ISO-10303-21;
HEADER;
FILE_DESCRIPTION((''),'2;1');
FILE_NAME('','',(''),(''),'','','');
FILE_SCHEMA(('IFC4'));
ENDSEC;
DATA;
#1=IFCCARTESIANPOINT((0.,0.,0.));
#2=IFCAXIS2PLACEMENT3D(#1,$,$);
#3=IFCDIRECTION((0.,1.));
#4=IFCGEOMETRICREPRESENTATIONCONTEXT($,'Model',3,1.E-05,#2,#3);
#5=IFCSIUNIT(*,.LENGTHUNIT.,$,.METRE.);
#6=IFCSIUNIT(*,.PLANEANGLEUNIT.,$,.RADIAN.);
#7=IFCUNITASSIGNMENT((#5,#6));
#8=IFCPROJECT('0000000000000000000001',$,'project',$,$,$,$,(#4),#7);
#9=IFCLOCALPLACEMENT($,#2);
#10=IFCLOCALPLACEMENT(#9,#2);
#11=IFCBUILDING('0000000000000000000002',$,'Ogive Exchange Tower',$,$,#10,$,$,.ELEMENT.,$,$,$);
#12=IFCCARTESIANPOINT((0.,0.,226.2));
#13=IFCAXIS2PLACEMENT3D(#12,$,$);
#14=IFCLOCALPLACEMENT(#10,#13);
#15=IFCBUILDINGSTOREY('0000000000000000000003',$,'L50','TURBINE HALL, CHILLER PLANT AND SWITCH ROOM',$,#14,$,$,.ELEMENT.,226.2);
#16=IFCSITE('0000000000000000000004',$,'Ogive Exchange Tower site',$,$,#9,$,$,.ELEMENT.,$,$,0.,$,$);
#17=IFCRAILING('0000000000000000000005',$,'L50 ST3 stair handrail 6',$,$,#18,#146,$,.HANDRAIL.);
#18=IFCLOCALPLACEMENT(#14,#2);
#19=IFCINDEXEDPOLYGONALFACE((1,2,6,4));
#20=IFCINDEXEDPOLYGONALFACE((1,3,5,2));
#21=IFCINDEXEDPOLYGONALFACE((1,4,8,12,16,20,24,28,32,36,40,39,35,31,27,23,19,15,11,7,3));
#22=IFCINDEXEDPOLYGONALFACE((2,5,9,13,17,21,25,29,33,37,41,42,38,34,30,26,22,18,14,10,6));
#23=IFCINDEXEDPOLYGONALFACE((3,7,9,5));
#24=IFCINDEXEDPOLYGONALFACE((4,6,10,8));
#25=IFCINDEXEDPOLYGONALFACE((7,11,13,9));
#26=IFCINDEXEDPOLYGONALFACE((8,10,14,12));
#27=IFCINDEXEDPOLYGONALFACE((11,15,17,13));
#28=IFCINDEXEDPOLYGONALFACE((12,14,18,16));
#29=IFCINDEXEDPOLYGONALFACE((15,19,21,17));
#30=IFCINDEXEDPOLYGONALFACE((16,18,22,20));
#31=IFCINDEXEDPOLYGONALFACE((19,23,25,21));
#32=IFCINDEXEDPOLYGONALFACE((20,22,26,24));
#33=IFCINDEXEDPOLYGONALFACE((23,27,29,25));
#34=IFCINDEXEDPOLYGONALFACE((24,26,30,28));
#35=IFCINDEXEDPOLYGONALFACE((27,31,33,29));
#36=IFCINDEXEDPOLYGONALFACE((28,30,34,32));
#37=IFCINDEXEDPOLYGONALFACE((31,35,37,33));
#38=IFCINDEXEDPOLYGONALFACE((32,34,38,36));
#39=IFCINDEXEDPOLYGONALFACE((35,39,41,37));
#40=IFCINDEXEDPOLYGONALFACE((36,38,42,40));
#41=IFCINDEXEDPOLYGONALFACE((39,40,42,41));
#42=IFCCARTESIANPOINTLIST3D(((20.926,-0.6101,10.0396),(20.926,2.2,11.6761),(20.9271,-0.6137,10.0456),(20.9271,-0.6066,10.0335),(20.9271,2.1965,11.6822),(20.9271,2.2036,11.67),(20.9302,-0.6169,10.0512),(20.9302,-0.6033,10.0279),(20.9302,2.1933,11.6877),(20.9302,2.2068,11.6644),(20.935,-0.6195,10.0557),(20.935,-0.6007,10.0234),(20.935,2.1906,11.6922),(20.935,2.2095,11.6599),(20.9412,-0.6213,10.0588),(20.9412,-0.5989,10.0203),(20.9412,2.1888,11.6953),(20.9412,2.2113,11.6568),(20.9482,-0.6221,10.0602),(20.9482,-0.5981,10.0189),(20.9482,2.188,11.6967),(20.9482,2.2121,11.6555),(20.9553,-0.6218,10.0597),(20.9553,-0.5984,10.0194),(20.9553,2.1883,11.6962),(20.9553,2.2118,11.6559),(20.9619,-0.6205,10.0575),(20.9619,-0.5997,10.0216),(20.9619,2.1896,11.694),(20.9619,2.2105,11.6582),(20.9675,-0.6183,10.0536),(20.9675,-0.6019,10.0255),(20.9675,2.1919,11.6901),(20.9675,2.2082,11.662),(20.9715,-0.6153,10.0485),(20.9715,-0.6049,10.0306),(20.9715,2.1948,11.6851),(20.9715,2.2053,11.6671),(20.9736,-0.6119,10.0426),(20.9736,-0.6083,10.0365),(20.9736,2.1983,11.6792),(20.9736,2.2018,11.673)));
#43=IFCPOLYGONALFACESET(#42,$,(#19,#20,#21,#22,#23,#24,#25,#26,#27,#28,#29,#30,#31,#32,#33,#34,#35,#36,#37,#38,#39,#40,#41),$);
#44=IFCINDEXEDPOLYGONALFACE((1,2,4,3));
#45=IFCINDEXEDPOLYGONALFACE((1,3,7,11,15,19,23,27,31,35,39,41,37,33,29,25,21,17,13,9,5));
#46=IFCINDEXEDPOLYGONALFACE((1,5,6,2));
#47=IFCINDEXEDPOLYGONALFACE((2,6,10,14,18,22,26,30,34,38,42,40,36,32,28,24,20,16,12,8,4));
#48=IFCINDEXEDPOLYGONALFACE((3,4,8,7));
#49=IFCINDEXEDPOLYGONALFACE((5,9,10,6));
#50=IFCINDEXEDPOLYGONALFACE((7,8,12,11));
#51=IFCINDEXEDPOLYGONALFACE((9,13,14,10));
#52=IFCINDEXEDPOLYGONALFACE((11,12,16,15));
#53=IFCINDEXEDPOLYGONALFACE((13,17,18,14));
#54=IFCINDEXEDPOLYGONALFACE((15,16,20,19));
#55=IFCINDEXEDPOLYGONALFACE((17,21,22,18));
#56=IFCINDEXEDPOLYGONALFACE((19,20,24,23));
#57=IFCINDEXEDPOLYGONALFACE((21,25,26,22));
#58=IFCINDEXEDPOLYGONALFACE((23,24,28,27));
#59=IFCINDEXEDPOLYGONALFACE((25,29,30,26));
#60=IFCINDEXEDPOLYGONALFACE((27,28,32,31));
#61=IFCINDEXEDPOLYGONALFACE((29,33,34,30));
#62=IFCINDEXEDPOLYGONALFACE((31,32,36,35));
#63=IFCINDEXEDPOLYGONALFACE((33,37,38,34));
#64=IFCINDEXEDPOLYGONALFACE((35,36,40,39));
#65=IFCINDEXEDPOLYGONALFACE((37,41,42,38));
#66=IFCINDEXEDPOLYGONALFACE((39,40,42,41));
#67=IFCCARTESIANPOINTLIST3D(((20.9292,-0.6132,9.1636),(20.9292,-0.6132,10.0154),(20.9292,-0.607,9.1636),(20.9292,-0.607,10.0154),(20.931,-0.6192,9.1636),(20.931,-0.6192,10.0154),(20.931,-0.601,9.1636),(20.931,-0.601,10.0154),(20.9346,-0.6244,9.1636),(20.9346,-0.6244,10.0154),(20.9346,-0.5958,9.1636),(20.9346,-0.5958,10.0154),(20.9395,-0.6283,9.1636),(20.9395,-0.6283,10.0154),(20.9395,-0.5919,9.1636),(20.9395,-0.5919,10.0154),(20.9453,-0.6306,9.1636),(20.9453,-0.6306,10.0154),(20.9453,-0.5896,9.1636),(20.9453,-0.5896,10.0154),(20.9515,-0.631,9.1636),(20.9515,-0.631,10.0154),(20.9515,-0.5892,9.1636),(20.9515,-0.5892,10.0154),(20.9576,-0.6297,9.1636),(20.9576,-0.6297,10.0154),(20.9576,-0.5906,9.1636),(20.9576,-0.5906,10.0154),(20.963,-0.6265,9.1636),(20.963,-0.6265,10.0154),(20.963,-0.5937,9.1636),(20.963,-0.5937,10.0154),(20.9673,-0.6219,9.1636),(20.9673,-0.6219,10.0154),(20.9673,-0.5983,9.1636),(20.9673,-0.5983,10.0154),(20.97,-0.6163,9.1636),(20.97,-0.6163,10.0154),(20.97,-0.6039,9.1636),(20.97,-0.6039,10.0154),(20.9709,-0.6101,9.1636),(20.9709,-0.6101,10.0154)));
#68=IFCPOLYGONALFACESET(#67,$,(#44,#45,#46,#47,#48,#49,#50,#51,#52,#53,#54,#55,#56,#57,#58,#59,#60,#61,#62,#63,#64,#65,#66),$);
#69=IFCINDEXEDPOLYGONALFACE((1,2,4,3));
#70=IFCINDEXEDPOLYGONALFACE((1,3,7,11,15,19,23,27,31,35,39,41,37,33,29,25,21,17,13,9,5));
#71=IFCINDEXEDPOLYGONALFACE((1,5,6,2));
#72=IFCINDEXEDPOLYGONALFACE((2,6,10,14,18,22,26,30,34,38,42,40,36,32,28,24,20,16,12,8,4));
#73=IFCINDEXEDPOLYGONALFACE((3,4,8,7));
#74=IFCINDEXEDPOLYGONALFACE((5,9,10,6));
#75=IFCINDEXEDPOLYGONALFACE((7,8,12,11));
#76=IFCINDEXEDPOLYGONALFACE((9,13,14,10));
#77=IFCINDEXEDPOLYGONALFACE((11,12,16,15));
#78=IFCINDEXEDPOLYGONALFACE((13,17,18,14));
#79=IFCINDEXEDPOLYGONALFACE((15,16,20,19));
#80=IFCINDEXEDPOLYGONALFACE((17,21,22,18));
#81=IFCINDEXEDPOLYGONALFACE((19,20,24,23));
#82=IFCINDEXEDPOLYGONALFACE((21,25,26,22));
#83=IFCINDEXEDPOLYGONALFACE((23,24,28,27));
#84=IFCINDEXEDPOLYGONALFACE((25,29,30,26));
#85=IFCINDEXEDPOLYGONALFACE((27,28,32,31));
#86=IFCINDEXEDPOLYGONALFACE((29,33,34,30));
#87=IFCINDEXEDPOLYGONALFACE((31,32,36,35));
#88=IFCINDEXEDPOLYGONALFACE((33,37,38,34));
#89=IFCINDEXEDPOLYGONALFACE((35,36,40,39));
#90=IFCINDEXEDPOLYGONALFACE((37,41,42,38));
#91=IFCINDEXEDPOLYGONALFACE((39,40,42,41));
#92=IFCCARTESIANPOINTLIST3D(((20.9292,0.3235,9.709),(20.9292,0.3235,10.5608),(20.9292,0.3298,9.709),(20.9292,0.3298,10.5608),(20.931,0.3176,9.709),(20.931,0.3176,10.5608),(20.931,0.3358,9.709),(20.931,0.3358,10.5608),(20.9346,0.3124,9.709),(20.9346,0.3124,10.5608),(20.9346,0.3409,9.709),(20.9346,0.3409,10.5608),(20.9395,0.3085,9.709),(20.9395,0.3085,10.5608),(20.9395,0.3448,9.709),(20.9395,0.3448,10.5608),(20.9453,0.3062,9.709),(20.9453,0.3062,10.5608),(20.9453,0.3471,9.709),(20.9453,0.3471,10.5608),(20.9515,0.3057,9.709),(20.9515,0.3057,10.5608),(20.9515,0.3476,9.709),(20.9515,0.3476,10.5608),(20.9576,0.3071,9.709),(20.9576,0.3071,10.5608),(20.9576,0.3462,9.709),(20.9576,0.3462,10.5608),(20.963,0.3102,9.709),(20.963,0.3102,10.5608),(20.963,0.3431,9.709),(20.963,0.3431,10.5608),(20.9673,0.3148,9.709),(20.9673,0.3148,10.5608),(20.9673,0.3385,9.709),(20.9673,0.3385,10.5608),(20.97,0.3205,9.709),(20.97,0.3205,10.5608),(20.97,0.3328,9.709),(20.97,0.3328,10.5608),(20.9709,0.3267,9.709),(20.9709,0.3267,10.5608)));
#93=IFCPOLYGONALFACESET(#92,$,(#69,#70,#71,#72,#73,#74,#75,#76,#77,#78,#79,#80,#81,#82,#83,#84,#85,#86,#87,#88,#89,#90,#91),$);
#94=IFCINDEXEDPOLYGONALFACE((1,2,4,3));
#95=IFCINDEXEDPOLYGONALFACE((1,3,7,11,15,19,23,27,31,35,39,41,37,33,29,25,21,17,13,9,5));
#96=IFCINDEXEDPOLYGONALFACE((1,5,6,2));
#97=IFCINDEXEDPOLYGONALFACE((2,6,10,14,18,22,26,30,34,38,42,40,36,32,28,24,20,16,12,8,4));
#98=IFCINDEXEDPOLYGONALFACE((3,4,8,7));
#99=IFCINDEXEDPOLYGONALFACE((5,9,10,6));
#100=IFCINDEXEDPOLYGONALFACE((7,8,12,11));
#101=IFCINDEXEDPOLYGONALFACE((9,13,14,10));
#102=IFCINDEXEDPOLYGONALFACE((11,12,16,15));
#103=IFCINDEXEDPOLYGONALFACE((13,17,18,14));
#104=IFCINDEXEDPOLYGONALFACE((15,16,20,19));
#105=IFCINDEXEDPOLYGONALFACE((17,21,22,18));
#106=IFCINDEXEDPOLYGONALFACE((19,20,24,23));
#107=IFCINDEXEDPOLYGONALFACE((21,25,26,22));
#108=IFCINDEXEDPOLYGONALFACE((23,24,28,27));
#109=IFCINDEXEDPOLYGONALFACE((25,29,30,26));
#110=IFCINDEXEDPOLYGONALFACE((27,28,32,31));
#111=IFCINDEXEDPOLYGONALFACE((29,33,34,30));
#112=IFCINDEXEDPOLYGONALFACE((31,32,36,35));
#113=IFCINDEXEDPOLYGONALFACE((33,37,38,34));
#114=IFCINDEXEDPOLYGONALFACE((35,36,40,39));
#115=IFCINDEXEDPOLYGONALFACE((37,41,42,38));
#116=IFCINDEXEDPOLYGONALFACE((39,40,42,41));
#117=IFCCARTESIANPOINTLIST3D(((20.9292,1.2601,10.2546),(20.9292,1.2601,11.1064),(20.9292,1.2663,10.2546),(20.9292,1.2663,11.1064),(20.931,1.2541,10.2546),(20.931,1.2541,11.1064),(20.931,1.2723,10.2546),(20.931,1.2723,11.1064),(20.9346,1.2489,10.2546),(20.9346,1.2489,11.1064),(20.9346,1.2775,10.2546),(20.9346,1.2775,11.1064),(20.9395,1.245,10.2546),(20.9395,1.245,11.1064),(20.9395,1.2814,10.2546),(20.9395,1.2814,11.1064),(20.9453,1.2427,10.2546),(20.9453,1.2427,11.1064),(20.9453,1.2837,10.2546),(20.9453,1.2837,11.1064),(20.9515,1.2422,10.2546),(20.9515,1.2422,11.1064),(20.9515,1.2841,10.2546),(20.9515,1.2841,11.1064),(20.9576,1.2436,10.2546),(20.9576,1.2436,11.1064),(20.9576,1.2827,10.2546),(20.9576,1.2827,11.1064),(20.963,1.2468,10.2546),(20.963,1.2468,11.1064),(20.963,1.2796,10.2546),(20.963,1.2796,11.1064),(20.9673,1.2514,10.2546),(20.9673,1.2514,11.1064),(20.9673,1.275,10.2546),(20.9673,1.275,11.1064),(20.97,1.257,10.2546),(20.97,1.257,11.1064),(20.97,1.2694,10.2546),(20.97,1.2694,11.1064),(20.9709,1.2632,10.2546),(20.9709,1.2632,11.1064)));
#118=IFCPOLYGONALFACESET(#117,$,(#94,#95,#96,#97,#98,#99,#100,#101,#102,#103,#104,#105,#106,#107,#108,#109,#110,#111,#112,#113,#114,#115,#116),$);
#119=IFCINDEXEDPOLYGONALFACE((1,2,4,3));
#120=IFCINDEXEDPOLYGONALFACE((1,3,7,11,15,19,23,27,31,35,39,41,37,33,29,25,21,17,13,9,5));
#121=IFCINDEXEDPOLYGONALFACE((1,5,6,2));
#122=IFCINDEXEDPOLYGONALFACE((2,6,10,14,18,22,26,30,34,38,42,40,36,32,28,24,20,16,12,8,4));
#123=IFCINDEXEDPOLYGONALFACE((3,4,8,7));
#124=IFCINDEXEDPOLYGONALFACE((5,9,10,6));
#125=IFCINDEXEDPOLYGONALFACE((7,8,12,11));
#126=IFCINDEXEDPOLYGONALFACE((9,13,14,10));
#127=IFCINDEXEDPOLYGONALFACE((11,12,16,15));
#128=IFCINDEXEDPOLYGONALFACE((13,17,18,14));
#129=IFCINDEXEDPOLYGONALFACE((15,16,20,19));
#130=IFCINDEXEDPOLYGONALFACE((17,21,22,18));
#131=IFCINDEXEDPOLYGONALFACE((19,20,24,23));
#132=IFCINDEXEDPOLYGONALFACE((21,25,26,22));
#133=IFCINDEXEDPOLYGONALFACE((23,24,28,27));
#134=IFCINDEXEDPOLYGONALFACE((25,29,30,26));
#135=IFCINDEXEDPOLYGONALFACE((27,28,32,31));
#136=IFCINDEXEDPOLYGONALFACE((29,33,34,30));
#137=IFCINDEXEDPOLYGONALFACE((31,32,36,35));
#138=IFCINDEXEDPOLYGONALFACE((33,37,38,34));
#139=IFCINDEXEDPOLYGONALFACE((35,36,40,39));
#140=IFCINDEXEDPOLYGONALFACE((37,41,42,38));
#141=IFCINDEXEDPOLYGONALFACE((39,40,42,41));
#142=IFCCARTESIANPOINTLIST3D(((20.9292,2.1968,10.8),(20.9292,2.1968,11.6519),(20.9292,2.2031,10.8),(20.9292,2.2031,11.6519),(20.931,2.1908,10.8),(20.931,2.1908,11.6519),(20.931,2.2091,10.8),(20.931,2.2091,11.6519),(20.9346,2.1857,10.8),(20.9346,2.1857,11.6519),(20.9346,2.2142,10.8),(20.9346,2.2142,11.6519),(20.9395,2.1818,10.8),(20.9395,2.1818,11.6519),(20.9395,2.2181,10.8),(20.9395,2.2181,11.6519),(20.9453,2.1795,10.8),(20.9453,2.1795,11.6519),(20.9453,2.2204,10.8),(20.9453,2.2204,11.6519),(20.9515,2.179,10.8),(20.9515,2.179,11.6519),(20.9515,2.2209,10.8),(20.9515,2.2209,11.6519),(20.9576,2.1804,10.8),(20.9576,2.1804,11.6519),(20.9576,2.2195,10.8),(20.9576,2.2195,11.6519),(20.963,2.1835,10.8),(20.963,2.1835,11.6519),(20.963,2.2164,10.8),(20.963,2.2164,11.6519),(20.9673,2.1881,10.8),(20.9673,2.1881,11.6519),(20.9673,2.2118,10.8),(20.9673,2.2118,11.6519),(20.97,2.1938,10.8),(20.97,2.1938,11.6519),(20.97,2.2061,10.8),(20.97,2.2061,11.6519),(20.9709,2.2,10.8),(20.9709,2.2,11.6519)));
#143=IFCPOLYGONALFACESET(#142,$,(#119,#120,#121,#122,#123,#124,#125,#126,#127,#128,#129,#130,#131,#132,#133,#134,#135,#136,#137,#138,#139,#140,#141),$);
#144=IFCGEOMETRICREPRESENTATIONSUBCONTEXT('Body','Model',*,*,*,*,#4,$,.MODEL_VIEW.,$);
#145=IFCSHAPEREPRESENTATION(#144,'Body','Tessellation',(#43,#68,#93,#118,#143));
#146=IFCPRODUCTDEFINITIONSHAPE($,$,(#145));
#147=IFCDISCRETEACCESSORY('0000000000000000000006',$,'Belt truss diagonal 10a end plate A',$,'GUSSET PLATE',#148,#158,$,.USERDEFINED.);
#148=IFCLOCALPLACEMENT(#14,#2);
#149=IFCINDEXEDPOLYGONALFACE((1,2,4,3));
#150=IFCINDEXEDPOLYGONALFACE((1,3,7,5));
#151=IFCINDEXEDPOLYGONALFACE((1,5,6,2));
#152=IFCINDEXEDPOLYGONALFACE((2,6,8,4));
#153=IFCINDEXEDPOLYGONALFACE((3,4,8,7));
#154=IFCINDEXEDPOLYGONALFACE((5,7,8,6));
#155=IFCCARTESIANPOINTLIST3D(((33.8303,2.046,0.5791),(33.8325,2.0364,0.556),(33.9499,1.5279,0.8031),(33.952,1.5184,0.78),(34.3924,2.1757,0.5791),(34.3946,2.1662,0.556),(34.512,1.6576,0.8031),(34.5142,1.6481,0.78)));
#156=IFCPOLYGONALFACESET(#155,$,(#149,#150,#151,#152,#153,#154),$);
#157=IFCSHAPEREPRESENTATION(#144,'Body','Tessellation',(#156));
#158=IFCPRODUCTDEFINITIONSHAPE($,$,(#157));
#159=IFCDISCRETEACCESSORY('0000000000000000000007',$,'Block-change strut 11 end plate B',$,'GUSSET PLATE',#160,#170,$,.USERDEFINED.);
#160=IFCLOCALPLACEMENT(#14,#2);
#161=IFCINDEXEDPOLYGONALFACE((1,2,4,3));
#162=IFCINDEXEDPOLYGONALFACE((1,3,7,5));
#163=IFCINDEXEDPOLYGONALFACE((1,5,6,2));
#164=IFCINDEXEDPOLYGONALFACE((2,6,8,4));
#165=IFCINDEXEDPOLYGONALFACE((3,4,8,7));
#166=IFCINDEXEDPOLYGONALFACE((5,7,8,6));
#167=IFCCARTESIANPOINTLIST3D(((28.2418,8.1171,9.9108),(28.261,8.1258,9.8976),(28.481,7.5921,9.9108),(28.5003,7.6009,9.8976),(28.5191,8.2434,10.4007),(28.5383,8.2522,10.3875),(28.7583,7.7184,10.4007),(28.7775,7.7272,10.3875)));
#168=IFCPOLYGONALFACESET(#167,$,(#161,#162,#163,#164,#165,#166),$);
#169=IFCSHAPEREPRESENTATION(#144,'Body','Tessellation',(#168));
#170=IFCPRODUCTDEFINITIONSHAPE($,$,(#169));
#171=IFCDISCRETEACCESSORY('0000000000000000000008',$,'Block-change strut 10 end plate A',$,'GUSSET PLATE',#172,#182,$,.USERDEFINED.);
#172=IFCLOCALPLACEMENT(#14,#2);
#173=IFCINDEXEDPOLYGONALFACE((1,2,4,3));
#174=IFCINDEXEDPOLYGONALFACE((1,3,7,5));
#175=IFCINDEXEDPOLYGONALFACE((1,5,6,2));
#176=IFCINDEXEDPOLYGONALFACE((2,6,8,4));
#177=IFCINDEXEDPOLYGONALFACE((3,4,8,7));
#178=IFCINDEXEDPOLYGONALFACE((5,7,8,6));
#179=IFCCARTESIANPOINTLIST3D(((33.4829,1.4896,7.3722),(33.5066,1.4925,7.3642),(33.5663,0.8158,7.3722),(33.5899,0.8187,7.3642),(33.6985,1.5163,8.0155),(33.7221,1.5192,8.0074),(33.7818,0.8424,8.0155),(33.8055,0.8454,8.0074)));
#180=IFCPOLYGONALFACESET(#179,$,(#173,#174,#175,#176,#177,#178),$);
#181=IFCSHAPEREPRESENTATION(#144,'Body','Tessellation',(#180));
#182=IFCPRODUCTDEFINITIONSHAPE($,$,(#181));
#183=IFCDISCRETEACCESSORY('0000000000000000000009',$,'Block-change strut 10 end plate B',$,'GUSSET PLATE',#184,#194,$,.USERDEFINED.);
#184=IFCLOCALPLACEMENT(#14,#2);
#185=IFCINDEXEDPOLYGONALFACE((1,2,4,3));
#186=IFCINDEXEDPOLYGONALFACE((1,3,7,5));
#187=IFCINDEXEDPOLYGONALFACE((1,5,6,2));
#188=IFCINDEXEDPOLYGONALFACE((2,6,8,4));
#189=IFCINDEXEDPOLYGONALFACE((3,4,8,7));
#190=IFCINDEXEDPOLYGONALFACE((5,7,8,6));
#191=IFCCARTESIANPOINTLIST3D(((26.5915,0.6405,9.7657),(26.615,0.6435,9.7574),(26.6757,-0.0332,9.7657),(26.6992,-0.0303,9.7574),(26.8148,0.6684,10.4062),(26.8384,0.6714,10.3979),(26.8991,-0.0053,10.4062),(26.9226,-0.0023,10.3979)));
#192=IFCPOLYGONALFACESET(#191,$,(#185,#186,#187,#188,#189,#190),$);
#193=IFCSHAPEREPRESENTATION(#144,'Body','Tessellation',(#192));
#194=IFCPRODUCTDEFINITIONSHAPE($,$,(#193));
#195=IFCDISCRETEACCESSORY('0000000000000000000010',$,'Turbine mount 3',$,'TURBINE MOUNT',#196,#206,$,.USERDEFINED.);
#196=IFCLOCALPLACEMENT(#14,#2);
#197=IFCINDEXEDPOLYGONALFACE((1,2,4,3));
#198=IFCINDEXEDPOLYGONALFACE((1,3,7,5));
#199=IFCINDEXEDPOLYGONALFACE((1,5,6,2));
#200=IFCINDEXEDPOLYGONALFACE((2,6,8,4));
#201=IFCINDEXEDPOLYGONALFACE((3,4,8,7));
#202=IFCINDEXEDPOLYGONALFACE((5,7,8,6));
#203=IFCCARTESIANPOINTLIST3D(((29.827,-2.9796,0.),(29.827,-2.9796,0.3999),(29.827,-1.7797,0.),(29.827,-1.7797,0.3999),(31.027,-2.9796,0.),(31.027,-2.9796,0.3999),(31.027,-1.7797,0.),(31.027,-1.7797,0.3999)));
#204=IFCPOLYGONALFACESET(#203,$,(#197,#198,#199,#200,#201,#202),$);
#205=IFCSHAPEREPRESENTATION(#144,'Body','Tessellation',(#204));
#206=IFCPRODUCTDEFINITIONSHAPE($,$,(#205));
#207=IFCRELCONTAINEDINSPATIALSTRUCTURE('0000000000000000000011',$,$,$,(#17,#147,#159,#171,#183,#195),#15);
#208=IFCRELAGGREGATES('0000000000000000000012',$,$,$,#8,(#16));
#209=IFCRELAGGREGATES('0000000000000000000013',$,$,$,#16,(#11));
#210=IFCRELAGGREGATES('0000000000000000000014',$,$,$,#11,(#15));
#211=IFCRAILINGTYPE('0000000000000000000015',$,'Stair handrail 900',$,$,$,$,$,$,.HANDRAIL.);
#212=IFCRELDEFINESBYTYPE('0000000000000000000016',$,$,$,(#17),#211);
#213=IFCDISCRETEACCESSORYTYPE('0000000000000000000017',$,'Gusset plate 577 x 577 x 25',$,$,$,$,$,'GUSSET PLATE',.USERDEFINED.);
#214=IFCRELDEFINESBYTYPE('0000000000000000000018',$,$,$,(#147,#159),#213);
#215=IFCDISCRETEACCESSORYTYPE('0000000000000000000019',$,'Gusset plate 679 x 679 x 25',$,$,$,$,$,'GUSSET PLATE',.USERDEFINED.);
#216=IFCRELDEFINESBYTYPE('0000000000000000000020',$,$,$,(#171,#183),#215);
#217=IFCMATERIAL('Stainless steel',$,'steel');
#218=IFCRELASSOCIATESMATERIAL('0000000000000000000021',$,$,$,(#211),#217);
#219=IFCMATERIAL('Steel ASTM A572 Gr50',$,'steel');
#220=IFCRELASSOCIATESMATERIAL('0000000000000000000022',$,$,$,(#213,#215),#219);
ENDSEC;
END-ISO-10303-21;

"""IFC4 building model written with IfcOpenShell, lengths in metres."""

from ifc_helpers import new_model, si_unit, direction, frame, origin, origin_2d, place, context, subcontext, project, spatial, rectangle, circle, extrude, material, material_profile, profile_set, type_object, element, save


model = new_model("IFC4")

# Units and contexts
model_context = context("Model", 3, precision=1e-05, world=origin(), true_north=direction((0.0, 1.0)))
body_context = subcontext(model_context, "Body", "Model", "MODEL_VIEW")
ifc_project = project(units=[si_unit("LENGTHUNIT", "METRE"), si_unit("PLANEANGLEUNIT", "RADIAN")], contexts=[model_context])

# Site, building, storey
site_placement = place(None, origin())
site = spatial("IfcSite", under=ifc_project, at=site_placement, Name="Ogive Exchange Tower site", CompositionType="ELEMENT", RefElevation=0.0)
building_placement = place(site_placement, origin())
building = spatial("IfcBuilding", under=site, at=building_placement, Name="Ogive Exchange Tower", CompositionType="ELEMENT")
storey_placement = place(building_placement, frame((0.0, 0.0, 226.2)))
storey = spatial("IfcBuildingStorey", under=building, at=storey_placement, Name="L50", Description="TURBINE HALL, CHILLER PLANT AND SWITCH ROOM", CompositionType="ELEMENT", Elevation=226.2)

# Railing
ifc_material_1 = material(Name="Stainless steel", Category="steel")
railing_type = type_object("IfcRailingType", Name="Stair handrail 900", PredefinedType="HANDRAIL", material=ifc_material_1)
railing_1_placement = place(storey_placement, frame((20.95, -0.6101, 9.1636)))
element("IfcRailing", 1, at=railing_1_placement, inside=storey, type_object=railing_type, Name="L50 ST3 stair handrail 6", PredefinedType="HANDRAIL", context=body_context, shape_type="SweptSolid", body=[
    extrude(circle(Radius=0.0239, at=origin_2d()), frame((0.0, 0.0, 0.876), z_axis=(0.0, 0.864144, 0.503245), x_axis=(-1.0, 0.0, 0.0)), (0.0, 0.0, 1.0), 3.252),
    extrude(circle(Radius=0.021, at=origin_2d()), origin(), (0.0, 0.0, 1.0), 0.8518),
    extrude(circle(Radius=0.021, at=origin_2d()), frame((0.0, 0.9368, 0.5454)), (0.0, 0.0, 1.0), 0.8518),
    extrude(circle(Radius=0.021, at=origin_2d()), frame((0.0, 1.8733, 1.0911)), (0.0, 0.0, 1.0), 0.8518),
    extrude(circle(Radius=0.021, at=origin_2d()), frame((0.0, 2.8101, 1.6365)), (0.0, 0.0, 1.0), 0.8518),
])

# Discrete accessories
ifc_material_2 = material(Name="Steel ASTM A572 Gr50", Category="steel")
ifc_material_profile_1 = material_profile(ifc_material_2, rectangle(XDim=0.5769, YDim=0.5769, at=origin_2d()), Name="PL 577 x 577 x 25")
ifc_profile_set_1 = profile_set([ifc_material_profile_1], Name="Steel ASTM A572 Gr50")
discrete_accessory_type_1 = type_object("IfcDiscreteAccessoryType", Name="Gusset plate 577 x 577 x 25", ElementType="GUSSET PLATE", PredefinedType="USERDEFINED", material=ifc_profile_set_1)
discrete_accessory_1_placement = place(storey_placement, frame((34.1733, 1.8423, 0.668), z_axis=(-0.087305, 0.37832, 0.921549), x_axis=(-0.974391, -0.22486, 0.0)))
element("IfcDiscreteAccessory", 2, at=discrete_accessory_1_placement, inside=storey, type_object=discrete_accessory_type_1, Name="Belt truss diagonal 10a end plate A", ObjectType="GUSSET PLATE", PredefinedType="USERDEFINED", context=body_context, shape_type="SweptSolid", body=[
    extrude(rectangle(XDim=0.5769, YDim=0.5769, at=origin_2d()), origin(), (0.0, 0.0, 1.0), 0.0251),
])
discrete_accessory_2_placement = place(storey_placement, frame((28.5193, 7.9265, 10.1426), z_axis=(-0.772692, -0.352113, 0.528169), x_axis=(0.414671, -0.909972, 0.0)))
element("IfcDiscreteAccessory", 3, at=discrete_accessory_2_placement, inside=storey, type_object=discrete_accessory_type_1, Name="Block-change strut 11 end plate B", ObjectType="GUSSET PLATE", PredefinedType="USERDEFINED", context=body_context, shape_type="SweptSolid", body=[
    extrude(rectangle(XDim=0.5769, YDim=0.5769, at=origin_2d()), origin(), (0.0, 0.0, 1.0), 0.0249),
])
ifc_material_profile_2 = material_profile(ifc_material_2, rectangle(XDim=0.679, YDim=0.679, at=origin_2d()), Name="PL 679 x 679 x 25")
ifc_profile_set_2 = profile_set([ifc_material_profile_2], Name="Steel ASTM A572 Gr50")
discrete_accessory_type_2 = type_object("IfcDiscreteAccessoryType", Name="Gusset plate 679 x 679 x 25", ElementType="GUSSET PLATE", PredefinedType="USERDEFINED", material=ifc_profile_set_2)
for number, where, z_axis, x_axis, name in (
    (4, (33.656, 1.1689, 7.6858), (-0.940286, -0.116324, 0.319891), (0.122775, -0.992434, 0.0), "Block-change strut 10 end plate A"),
    (5, (26.7688, 0.3206, 10.0776), (-0.936151, -0.117019, 0.331554), (0.124035, -0.992278, 0.0), "Block-change strut 10 end plate B"),
):
    element("IfcDiscreteAccessory", number, at=place(storey_placement, frame(where, z_axis=z_axis, x_axis=x_axis)), inside=storey, type_object=discrete_accessory_type_2, Name=name, ObjectType="GUSSET PLATE", PredefinedType="USERDEFINED", context=body_context, shape_type="SweptSolid", body=[
        extrude(rectangle(XDim=0.679, YDim=0.679, at=origin_2d()), origin(), (0.0, 0.0, 1.0), 0.0251),
    ])
discrete_accessory_3_placement = place(storey_placement, frame((30.427, -2.3796, 0.0), z_axis=(0.0, 0.0, 1.0), x_axis=(1.0, 0.0, 0.0)))
element("IfcDiscreteAccessory", 6, at=discrete_accessory_3_placement, inside=storey, Name="Turbine mount 3", ObjectType="TURBINE MOUNT", PredefinedType="USERDEFINED", context=body_context, shape_type="SweptSolid", body=[
    extrude(rectangle(XDim=1.2, YDim=1.2, at=origin_2d()), origin(), (0.0, 0.0, 1.0), 0.3999),
])

save(model, "model.ifc")
